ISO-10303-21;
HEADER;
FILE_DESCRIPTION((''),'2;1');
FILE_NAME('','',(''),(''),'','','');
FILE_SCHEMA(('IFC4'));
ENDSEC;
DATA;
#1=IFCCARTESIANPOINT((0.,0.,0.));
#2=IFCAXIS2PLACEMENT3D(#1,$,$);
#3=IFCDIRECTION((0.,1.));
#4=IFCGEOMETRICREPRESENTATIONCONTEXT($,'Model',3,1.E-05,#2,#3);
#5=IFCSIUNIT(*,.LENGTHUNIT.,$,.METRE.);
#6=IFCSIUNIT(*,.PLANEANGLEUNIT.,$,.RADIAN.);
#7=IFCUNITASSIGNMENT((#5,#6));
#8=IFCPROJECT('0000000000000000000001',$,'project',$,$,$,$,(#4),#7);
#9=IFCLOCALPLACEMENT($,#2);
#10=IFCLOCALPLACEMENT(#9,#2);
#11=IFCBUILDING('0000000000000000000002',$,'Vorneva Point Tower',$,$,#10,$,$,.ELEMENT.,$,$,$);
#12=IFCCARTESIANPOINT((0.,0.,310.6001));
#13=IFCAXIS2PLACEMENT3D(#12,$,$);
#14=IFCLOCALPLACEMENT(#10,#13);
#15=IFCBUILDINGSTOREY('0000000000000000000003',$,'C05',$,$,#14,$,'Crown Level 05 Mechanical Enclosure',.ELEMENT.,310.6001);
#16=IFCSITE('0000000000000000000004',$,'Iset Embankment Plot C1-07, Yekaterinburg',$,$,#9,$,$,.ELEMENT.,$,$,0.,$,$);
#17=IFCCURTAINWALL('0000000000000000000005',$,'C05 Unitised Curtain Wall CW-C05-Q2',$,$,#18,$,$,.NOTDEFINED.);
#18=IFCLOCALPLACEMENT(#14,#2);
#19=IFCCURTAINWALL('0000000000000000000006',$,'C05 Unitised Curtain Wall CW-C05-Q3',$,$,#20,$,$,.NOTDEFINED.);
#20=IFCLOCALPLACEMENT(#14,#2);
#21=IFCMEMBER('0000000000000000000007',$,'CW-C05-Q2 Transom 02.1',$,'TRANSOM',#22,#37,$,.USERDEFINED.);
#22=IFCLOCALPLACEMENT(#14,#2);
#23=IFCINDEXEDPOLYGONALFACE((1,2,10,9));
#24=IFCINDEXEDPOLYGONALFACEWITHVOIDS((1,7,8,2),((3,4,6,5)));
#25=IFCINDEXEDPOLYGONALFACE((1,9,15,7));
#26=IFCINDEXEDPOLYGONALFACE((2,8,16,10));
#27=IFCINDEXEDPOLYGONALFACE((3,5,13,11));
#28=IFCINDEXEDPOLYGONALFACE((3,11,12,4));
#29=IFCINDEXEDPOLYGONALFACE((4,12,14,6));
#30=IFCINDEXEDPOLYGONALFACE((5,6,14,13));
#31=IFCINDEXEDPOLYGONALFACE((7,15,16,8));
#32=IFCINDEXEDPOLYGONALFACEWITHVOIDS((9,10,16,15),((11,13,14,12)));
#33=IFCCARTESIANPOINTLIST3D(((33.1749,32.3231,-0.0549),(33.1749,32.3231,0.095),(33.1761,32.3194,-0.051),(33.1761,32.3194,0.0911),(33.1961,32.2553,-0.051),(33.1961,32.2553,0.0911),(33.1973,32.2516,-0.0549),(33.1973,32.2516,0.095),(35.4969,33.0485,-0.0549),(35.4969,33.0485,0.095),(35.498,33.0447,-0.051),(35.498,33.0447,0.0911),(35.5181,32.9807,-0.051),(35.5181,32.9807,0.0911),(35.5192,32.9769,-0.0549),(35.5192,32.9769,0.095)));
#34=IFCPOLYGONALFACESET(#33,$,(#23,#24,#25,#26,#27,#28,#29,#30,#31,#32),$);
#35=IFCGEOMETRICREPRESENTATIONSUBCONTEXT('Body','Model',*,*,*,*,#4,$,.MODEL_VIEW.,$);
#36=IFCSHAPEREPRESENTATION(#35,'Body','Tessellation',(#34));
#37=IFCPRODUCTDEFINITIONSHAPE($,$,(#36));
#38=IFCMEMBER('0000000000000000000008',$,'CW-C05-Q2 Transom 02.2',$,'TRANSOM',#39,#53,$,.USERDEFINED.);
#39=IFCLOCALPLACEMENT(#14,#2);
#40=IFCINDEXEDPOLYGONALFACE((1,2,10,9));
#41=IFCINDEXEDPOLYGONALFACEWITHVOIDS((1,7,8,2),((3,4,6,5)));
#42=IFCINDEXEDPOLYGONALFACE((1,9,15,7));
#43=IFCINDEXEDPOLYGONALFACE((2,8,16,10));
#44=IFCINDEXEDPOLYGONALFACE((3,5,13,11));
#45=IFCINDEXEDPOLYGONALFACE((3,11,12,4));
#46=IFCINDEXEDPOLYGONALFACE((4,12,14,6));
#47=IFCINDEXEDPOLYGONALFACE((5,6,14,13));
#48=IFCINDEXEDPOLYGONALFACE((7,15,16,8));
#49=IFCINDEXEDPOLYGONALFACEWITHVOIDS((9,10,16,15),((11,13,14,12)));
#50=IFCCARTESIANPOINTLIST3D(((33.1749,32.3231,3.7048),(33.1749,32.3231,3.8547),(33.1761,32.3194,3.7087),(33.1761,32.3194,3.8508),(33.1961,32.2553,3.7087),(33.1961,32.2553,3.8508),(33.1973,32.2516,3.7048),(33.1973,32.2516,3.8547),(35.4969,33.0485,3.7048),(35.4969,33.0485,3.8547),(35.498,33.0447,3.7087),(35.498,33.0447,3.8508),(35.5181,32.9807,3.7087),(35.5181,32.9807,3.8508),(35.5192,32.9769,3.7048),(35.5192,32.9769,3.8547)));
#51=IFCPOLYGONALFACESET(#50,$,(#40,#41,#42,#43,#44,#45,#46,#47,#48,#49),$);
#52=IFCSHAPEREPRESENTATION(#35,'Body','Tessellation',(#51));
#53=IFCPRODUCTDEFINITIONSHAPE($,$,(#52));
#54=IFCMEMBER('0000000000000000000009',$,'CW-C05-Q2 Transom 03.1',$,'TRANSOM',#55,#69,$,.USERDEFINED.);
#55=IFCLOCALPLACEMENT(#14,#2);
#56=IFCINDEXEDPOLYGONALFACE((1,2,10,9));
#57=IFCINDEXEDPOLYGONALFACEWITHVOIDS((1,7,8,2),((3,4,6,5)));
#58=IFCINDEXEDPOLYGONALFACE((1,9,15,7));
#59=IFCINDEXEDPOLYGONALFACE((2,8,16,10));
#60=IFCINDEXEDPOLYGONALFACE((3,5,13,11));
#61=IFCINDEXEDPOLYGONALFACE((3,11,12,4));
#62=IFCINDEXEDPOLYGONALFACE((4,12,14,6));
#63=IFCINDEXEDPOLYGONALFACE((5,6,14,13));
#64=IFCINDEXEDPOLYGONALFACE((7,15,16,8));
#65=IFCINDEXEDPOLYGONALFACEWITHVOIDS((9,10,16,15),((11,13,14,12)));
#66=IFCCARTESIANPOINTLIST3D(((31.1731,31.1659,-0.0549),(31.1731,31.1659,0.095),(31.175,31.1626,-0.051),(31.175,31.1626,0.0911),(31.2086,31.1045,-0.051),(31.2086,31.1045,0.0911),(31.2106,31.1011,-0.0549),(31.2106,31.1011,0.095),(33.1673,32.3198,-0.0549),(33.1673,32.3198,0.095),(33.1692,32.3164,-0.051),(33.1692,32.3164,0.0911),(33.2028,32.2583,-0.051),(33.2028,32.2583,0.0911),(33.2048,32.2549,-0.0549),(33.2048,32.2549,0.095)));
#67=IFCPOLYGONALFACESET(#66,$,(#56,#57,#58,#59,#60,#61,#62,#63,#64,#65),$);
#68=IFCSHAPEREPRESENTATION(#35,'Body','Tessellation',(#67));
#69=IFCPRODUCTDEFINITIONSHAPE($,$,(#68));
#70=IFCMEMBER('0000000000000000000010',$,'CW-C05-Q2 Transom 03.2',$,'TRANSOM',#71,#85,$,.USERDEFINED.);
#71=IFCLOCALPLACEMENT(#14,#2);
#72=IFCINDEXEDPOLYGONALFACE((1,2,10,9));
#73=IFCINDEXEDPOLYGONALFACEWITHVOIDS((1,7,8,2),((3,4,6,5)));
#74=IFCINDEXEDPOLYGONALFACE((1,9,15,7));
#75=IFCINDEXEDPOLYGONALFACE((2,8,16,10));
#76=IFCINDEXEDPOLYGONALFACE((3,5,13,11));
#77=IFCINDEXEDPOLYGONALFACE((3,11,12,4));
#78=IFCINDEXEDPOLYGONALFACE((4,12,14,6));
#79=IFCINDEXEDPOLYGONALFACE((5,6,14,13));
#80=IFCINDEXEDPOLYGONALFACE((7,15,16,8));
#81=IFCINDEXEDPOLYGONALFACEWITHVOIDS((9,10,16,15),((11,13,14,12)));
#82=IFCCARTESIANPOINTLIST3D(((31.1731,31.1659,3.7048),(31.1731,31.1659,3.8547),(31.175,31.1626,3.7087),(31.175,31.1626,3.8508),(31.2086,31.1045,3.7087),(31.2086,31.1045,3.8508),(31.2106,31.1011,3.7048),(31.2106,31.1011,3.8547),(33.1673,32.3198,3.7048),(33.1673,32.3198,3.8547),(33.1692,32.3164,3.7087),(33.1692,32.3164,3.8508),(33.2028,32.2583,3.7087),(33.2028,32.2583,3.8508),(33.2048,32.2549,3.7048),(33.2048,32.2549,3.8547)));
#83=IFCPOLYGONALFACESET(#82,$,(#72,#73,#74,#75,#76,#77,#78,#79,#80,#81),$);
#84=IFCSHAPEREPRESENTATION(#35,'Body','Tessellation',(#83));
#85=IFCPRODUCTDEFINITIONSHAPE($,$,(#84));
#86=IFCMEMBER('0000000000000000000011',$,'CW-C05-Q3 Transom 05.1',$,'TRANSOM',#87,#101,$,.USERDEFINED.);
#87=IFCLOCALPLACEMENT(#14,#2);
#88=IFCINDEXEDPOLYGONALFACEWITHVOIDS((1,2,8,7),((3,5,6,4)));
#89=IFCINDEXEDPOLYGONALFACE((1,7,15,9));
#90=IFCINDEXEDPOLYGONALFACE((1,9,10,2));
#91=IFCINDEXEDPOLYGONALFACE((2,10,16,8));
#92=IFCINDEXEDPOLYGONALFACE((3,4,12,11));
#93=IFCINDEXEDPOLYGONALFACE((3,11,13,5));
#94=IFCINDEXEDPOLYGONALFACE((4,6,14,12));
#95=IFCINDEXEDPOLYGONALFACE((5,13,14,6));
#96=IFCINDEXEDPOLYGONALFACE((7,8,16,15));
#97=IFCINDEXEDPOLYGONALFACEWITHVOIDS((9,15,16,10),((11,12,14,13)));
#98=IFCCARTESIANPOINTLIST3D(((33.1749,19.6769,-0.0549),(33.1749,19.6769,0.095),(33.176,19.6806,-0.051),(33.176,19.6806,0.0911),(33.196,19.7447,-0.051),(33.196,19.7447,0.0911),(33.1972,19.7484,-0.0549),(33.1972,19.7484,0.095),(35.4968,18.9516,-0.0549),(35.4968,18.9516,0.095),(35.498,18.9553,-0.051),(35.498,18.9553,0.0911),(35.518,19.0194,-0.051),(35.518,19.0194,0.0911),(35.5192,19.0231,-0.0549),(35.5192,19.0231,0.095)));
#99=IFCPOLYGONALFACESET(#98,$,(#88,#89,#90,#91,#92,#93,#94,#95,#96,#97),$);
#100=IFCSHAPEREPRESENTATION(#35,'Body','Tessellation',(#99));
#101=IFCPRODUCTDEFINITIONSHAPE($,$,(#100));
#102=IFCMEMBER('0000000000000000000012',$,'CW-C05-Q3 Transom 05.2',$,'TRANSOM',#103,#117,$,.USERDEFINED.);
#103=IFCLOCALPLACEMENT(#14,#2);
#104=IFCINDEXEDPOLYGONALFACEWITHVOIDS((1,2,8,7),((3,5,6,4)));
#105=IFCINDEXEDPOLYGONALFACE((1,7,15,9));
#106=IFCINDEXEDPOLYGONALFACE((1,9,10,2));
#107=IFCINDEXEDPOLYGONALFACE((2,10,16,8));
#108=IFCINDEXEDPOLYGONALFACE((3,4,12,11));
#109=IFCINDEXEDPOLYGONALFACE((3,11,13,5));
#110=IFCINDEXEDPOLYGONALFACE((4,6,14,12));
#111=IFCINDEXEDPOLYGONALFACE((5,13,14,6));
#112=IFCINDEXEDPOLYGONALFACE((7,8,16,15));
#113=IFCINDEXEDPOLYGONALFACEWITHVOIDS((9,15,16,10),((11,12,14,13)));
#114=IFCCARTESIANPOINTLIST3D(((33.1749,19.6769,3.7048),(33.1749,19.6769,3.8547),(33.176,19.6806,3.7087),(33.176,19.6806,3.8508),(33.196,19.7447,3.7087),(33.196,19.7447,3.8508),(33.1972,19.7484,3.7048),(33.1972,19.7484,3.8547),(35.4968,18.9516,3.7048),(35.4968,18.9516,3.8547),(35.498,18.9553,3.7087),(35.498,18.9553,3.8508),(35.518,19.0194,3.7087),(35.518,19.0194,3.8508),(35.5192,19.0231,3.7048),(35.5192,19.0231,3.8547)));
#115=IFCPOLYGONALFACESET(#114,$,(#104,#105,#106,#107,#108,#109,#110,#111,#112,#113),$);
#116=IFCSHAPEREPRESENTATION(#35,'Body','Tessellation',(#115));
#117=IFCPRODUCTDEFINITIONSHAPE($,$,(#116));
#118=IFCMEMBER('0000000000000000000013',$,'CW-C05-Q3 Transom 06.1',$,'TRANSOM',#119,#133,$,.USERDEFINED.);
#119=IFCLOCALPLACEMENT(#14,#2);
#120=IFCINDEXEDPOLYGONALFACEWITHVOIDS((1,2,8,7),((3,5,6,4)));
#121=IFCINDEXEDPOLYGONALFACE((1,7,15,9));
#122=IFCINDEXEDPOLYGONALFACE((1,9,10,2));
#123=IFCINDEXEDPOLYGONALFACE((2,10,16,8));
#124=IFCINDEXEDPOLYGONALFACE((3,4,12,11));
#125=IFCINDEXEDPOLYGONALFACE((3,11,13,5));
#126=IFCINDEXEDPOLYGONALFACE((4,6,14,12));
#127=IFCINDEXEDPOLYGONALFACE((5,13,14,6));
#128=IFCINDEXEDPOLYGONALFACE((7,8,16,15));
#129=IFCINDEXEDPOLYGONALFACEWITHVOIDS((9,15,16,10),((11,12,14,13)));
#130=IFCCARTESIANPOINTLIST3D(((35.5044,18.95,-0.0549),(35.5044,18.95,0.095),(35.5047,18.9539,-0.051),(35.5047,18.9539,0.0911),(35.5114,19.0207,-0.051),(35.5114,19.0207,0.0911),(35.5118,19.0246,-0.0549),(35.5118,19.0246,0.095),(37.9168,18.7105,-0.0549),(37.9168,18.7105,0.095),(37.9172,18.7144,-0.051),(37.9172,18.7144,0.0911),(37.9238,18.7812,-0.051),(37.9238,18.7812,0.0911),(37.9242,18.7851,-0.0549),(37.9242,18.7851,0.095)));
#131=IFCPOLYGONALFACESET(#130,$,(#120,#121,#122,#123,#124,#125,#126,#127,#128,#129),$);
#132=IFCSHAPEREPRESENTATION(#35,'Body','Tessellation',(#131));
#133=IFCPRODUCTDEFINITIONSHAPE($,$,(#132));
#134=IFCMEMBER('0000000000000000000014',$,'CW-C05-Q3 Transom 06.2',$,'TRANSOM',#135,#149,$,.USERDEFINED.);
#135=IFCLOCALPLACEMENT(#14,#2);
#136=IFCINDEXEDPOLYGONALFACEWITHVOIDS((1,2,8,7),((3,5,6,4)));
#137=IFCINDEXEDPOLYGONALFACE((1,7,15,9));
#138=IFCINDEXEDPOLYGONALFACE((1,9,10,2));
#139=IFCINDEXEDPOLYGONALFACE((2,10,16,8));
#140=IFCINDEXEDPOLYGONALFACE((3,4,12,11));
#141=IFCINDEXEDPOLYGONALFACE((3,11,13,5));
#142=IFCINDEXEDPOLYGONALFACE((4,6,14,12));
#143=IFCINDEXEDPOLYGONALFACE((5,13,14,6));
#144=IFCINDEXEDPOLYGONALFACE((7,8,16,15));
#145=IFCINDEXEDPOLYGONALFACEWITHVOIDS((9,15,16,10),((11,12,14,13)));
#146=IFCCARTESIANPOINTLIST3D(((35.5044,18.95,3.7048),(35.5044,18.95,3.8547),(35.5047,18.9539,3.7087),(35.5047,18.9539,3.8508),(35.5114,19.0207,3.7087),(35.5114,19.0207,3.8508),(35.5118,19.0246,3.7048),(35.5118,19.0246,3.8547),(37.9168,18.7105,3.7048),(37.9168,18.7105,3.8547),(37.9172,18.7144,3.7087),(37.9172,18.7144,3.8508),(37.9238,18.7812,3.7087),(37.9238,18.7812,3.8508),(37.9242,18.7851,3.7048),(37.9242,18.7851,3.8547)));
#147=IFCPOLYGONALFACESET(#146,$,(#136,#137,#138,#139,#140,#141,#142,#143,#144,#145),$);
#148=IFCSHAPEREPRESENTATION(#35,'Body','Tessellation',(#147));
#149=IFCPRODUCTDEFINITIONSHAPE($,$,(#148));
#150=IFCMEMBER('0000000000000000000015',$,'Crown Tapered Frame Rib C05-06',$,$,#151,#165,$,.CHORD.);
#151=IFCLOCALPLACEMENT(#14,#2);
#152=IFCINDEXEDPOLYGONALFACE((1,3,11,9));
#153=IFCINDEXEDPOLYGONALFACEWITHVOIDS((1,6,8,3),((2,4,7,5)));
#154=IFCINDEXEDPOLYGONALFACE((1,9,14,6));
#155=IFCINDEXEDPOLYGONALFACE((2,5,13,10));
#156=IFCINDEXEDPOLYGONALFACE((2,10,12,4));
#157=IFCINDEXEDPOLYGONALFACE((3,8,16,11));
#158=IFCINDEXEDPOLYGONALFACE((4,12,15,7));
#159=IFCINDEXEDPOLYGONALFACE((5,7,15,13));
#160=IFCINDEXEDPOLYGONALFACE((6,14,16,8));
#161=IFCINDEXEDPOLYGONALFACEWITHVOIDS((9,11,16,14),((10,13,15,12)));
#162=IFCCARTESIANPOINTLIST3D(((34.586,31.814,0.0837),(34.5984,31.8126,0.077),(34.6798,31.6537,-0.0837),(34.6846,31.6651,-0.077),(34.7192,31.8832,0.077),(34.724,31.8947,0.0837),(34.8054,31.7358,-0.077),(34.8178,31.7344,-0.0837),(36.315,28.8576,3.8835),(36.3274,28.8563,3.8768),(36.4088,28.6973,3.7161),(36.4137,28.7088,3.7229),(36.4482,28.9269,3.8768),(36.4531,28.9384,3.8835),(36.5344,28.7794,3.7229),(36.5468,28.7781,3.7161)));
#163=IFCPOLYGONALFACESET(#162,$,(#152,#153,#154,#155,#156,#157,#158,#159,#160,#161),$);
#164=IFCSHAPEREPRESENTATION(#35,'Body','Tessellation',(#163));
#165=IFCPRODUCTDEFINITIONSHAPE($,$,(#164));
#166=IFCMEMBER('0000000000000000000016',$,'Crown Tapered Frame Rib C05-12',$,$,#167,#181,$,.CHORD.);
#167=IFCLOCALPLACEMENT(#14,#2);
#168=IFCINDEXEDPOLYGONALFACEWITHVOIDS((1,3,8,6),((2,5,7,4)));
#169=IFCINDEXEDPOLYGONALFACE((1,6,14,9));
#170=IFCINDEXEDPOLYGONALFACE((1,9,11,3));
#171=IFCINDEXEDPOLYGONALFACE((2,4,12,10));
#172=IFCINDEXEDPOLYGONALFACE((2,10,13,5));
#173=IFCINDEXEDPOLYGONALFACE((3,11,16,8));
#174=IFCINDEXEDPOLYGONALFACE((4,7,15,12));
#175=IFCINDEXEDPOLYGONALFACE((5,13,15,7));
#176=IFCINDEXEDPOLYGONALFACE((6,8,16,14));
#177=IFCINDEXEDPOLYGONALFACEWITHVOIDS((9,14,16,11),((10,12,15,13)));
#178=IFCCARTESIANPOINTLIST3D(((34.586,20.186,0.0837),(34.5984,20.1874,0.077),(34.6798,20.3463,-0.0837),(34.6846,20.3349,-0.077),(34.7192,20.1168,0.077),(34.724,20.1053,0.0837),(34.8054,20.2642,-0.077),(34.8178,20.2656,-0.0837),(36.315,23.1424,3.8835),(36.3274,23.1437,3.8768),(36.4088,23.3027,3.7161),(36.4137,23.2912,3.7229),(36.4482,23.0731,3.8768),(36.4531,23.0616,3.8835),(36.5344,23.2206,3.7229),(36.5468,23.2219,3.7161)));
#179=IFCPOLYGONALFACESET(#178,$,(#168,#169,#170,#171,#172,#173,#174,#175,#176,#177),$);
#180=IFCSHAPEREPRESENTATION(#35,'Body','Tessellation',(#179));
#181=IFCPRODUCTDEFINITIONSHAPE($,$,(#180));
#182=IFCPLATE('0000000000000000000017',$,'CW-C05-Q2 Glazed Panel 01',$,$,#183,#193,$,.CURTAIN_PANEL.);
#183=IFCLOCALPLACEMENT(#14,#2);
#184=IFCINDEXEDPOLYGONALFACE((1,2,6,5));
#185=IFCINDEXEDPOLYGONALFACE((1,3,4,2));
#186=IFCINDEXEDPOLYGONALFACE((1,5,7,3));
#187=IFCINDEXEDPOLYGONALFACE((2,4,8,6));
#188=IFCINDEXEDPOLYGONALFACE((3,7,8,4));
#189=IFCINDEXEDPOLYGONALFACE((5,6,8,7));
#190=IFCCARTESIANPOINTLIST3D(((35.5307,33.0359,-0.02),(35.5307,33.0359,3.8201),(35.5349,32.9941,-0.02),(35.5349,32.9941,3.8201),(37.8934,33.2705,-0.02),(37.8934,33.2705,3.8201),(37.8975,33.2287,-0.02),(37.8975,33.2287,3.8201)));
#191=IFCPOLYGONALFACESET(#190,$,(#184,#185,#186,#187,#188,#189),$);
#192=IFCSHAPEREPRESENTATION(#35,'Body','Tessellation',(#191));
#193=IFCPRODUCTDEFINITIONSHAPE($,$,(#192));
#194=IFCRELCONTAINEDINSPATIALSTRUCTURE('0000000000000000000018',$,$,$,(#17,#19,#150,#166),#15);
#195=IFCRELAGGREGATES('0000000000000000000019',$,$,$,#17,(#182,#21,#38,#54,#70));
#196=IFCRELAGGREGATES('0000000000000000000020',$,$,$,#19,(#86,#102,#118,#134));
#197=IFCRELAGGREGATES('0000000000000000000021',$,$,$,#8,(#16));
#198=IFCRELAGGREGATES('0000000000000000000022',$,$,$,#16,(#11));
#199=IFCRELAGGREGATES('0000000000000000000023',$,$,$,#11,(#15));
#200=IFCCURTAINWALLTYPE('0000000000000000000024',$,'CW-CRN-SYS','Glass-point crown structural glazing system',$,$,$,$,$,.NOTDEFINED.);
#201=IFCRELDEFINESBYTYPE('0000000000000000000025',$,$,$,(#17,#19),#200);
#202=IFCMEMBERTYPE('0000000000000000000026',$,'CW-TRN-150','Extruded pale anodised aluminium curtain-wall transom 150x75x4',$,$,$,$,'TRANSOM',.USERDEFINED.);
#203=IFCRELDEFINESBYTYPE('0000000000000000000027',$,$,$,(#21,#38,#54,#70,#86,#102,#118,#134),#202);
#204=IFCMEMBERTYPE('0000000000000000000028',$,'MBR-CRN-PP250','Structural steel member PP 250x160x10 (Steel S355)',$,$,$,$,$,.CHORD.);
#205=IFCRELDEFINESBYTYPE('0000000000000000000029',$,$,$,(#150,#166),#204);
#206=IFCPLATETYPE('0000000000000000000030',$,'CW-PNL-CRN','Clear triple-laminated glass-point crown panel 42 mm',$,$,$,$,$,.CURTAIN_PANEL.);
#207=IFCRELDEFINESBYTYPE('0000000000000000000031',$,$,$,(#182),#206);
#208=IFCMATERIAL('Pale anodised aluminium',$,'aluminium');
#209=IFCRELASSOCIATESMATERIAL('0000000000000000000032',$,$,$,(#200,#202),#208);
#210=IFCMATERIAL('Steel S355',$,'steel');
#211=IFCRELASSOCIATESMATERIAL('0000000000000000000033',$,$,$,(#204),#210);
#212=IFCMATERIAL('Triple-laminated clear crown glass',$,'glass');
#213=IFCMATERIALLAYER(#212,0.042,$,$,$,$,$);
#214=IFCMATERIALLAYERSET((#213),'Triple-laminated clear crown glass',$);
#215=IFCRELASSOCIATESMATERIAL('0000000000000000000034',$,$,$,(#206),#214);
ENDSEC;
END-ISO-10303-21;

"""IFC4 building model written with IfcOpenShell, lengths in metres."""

from ifc_helpers import new_model, si_unit, direction, frame, origin, origin_2d, place, context, subcontext, project, spatial, rectangle, hollow_rectangle, extrude, material, layer, layer_set, material_profile, profile_set, type_object, element, aggregate, save


model = new_model("IFC4")

# Units and contexts
model_context = context("Model", 3, precision=1e-05, world=origin(), true_north=direction((0.0, 1.0)))
body_context = subcontext(model_context, "Body", "Model", "MODEL_VIEW")
ifc_project = project(units=[si_unit("LENGTHUNIT", "METRE"), si_unit("PLANEANGLEUNIT", "RADIAN")], contexts=[model_context])

# Site, building, storey
site_placement = place(None, origin())
site = spatial("IfcSite", under=ifc_project, at=site_placement, Name="Iset Embankment Plot C1-07, Yekaterinburg", CompositionType="ELEMENT", RefElevation=0.0)
building_placement = place(site_placement, origin())
building = spatial("IfcBuilding", under=site, at=building_placement, Name="Vorneva Point Tower", CompositionType="ELEMENT")
storey_placement = place(building_placement, frame((0.0, 0.0, 310.6001)))
storey = spatial("IfcBuildingStorey", under=building, at=storey_placement, Name="C05", LongName="Crown Level 05 Mechanical Enclosure", CompositionType="ELEMENT", Elevation=310.6001)

# Shared definitions
ifc_material_1 = material(Name="Steel S355", Category="steel")

# Curtain walls
ifc_material_2 = material(Name="Pale anodised aluminium", Category="aluminium")
curtain_wall_type = type_object("IfcCurtainWallType", Name="CW-CRN-SYS", Description="Glass-point crown structural glazing system", PredefinedType="NOTDEFINED", material=ifc_material_2)
curtain_wall_1_placement = place(storey_placement, origin())
curtain_wall_1 = element("IfcCurtainWall", 1, at=curtain_wall_1_placement, inside=storey, type_object=curtain_wall_type, Name="C05 Unitised Curtain Wall CW-C05-Q2", PredefinedType="NOTDEFINED")
curtain_wall_2_placement = place(storey_placement, origin())
curtain_wall_2 = element("IfcCurtainWall", 2, at=curtain_wall_2_placement, inside=storey, type_object=curtain_wall_type, Name="C05 Unitised Curtain Wall CW-C05-Q3", PredefinedType="NOTDEFINED")

# Members
ifc_material_profile_1 = material_profile(ifc_material_2, hollow_rectangle(XDim=0.075, YDim=0.1499, WallThickness=0.0039, at=origin_2d()), Name="AL-TRN 150x75x4")
ifc_profile_set_1 = profile_set([ifc_material_profile_1], Name="Pale anodised aluminium")
member_type_1 = type_object("IfcMemberType", Name="CW-TRN-150", Description="Extruded pale anodised aluminium curtain-wall transom 150x75x4", ElementType="TRANSOM", PredefinedType="USERDEFINED", material=ifc_profile_set_1)
member_1_placement = place(storey_placement, frame((35.5081, 33.0127, 0.02), z_axis=(-0.954514, -0.298166, 0.0), x_axis=(0.298166, -0.954514, 0.0)))
member_1 = element("IfcMember", 3, at=member_1_placement, type_object=member_type_1, Name="CW-C05-Q2 Transom 02.1", ObjectType="TRANSOM", PredefinedType="USERDEFINED", context=body_context, shape_type="SweptSolid", body=[
    extrude(hollow_rectangle(XDim=0.075, YDim=0.1499, WallThickness=0.0039, at=origin_2d()), origin(), (0.0, 0.0, 1.0), 2.4326),
])
member_2_placement = place(storey_placement, frame((35.5081, 33.0127, 3.7798), z_axis=(-0.954514, -0.298166, 0.0), x_axis=(0.298166, -0.954514, 0.0)))
member_2 = element("IfcMember", 4, at=member_2_placement, type_object=member_type_1, Name="CW-C05-Q2 Transom 02.2", ObjectType="TRANSOM", PredefinedType="USERDEFINED", context=body_context, shape_type="SweptSolid", body=[
    extrude(hollow_rectangle(XDim=0.075, YDim=0.1499, WallThickness=0.0039, at=origin_2d()), origin(), (0.0, 0.0, 1.0), 2.4326),
])
member_3_placement = place(storey_placement, frame((33.186, 32.2874, 0.02), z_axis=(-0.865557, -0.500811, 0.0), x_axis=(0.500811, -0.865557, 0.0)))
member_3 = element("IfcMember", 5, at=member_3_placement, type_object=member_type_1, Name="CW-C05-Q2 Transom 03.1", ObjectType="TRANSOM", PredefinedType="USERDEFINED", context=body_context, shape_type="SweptSolid", body=[
    extrude(hollow_rectangle(XDim=0.075, YDim=0.1499, WallThickness=0.0039, at=origin_2d()), origin(), (0.0, 0.0, 1.0), 2.304),
])
member_4_placement = place(storey_placement, frame((33.186, 32.2874, 3.7798), z_axis=(-0.865557, -0.500811, 0.0), x_axis=(0.500811, -0.865557, 0.0)))
member_4 = element("IfcMember", 6, at=member_4_placement, type_object=member_type_1, Name="CW-C05-Q2 Transom 03.2", ObjectType="TRANSOM", PredefinedType="USERDEFINED", context=body_context, shape_type="SweptSolid", body=[
    extrude(hollow_rectangle(XDim=0.075, YDim=0.1499, WallThickness=0.0039, at=origin_2d()), origin(), (0.0, 0.0, 1.0), 2.304),
])
member_5_placement = place(storey_placement, frame((33.186, 19.7126, 0.02), z_axis=(0.954514, -0.298166, 0.0), x_axis=(0.298166, 0.954514, 0.0)))
member_5 = element("IfcMember", 7, at=member_5_placement, type_object=member_type_1, Name="CW-C05-Q3 Transom 05.1", ObjectType="TRANSOM", PredefinedType="USERDEFINED", context=body_context, shape_type="SweptSolid", body=[
    extrude(hollow_rectangle(XDim=0.075, YDim=0.1499, WallThickness=0.0039, at=origin_2d()), origin(), (0.0, 0.0, 1.0), 2.4326),
])
member_6_placement = place(storey_placement, frame((33.186, 19.7126, 3.7798), z_axis=(0.954514, -0.298166, 0.0), x_axis=(0.298166, 0.954514, 0.0)))
member_6 = element("IfcMember", 8, at=member_6_placement, type_object=member_type_1, Name="CW-C05-Q3 Transom 05.2", ObjectType="TRANSOM", PredefinedType="USERDEFINED", context=body_context, shape_type="SweptSolid", body=[
    extrude(hollow_rectangle(XDim=0.075, YDim=0.1499, WallThickness=0.0039, at=origin_2d()), origin(), (0.0, 0.0, 1.0), 2.4326),
])
member_7_placement = place(storey_placement, frame((35.5081, 18.9873, 0.02), z_axis=(0.995108, -0.098796, 0.0), x_axis=(0.098796, 0.995108, 0.0)))
member_7 = element("IfcMember", 9, at=member_7_placement, type_object=member_type_1, Name="CW-C05-Q3 Transom 06.1", ObjectType="TRANSOM", PredefinedType="USERDEFINED", context=body_context, shape_type="SweptSolid", body=[
    extrude(hollow_rectangle(XDim=0.075, YDim=0.1499, WallThickness=0.0039, at=origin_2d()), origin(), (0.0, 0.0, 1.0), 2.4243),
])
member_8_placement = place(storey_placement, frame((35.5081, 18.9873, 3.7798), z_axis=(0.995108, -0.098796, 0.0), x_axis=(0.098796, 0.995108, 0.0)))
member_8 = element("IfcMember", 10, at=member_8_placement, type_object=member_type_1, Name="CW-C05-Q3 Transom 06.2", ObjectType="TRANSOM", PredefinedType="USERDEFINED", context=body_context, shape_type="SweptSolid", body=[
    extrude(hollow_rectangle(XDim=0.075, YDim=0.1499, WallThickness=0.0039, at=origin_2d()), origin(), (0.0, 0.0, 1.0), 2.4243),
])

# Members
ifc_material_profile_2 = material_profile(ifc_material_1, hollow_rectangle(XDim=0.1599, YDim=0.25, WallThickness=0.01, at=origin_2d()), Name="PP 250x160x10")
ifc_profile_set_2 = profile_set([ifc_material_profile_2], Name="Steel S355")
member_type_2 = type_object("IfcMemberType", Name="MBR-CRN-PP250", Description="Structural steel member PP 250x160x10 (Steel S355)", PredefinedType="CHORD", material=ifc_profile_set_2)
for number, where, z_axis, x_axis, name in (
    (11, (34.7019, 31.7742, 0.0), (0.337997, -0.577917, 0.742812), (0.863207, 0.50485, 0.0), "Crown Tapered Frame Rib C05-06"),
    (12, (34.7019, 20.2258, 0.0), (0.337997, 0.577917, 0.742812), (-0.863207, 0.50485, 0.0), "Crown Tapered Frame Rib C05-12"),
):
    element("IfcMember", number, at=place(storey_placement, frame(where, z_axis=z_axis, x_axis=x_axis)), inside=storey, type_object=member_type_2, Name=name, PredefinedType="CHORD", context=body_context, shape_type="SweptSolid", body=[
        extrude(hollow_rectangle(XDim=0.1599, YDim=0.25, WallThickness=0.01, at=origin_2d()), origin(), (0.0, 0.0, 1.0), 5.1155),
    ])

# Plate
ifc_material_3 = material(Name="Triple-laminated clear crown glass", Category="glass")
ifc_layer_1 = layer(ifc_material_3, 0.042)
ifc_layer_set_1 = layer_set([ifc_layer_1], Name="Triple-laminated clear crown glass")
plate_type_1 = type_object("IfcPlateType", Name="CW-PNL-CRN", Description="Clear triple-laminated glass-point crown panel 42 mm", PredefinedType="CURTAIN_PANEL", material=ifc_layer_set_1)
plate_1_placement = place(storey_placement, frame((36.7141, 33.1323, -0.02), z_axis=(0.0, 0.0, 1.0), x_axis=(-0.995107, -0.098799, 0.0)))
plate_1 = element("IfcPlate", 13, at=plate_1_placement, type_object=plate_type_1, Name="CW-C05-Q2 Glazed Panel 01", PredefinedType="CURTAIN_PANEL", context=body_context, shape_type="SweptSolid", body=[
    extrude(rectangle(XDim=2.3743, YDim=0.042, at=origin_2d()), origin(), (0.0, 0.0, 1.0), 3.8401),
])
aggregate(curtain_wall_1, [plate_1, member_1, member_2, member_3, member_4])
aggregate(curtain_wall_2, [member_5, member_6, member_7, member_8])

save(model, "model.ifc")
